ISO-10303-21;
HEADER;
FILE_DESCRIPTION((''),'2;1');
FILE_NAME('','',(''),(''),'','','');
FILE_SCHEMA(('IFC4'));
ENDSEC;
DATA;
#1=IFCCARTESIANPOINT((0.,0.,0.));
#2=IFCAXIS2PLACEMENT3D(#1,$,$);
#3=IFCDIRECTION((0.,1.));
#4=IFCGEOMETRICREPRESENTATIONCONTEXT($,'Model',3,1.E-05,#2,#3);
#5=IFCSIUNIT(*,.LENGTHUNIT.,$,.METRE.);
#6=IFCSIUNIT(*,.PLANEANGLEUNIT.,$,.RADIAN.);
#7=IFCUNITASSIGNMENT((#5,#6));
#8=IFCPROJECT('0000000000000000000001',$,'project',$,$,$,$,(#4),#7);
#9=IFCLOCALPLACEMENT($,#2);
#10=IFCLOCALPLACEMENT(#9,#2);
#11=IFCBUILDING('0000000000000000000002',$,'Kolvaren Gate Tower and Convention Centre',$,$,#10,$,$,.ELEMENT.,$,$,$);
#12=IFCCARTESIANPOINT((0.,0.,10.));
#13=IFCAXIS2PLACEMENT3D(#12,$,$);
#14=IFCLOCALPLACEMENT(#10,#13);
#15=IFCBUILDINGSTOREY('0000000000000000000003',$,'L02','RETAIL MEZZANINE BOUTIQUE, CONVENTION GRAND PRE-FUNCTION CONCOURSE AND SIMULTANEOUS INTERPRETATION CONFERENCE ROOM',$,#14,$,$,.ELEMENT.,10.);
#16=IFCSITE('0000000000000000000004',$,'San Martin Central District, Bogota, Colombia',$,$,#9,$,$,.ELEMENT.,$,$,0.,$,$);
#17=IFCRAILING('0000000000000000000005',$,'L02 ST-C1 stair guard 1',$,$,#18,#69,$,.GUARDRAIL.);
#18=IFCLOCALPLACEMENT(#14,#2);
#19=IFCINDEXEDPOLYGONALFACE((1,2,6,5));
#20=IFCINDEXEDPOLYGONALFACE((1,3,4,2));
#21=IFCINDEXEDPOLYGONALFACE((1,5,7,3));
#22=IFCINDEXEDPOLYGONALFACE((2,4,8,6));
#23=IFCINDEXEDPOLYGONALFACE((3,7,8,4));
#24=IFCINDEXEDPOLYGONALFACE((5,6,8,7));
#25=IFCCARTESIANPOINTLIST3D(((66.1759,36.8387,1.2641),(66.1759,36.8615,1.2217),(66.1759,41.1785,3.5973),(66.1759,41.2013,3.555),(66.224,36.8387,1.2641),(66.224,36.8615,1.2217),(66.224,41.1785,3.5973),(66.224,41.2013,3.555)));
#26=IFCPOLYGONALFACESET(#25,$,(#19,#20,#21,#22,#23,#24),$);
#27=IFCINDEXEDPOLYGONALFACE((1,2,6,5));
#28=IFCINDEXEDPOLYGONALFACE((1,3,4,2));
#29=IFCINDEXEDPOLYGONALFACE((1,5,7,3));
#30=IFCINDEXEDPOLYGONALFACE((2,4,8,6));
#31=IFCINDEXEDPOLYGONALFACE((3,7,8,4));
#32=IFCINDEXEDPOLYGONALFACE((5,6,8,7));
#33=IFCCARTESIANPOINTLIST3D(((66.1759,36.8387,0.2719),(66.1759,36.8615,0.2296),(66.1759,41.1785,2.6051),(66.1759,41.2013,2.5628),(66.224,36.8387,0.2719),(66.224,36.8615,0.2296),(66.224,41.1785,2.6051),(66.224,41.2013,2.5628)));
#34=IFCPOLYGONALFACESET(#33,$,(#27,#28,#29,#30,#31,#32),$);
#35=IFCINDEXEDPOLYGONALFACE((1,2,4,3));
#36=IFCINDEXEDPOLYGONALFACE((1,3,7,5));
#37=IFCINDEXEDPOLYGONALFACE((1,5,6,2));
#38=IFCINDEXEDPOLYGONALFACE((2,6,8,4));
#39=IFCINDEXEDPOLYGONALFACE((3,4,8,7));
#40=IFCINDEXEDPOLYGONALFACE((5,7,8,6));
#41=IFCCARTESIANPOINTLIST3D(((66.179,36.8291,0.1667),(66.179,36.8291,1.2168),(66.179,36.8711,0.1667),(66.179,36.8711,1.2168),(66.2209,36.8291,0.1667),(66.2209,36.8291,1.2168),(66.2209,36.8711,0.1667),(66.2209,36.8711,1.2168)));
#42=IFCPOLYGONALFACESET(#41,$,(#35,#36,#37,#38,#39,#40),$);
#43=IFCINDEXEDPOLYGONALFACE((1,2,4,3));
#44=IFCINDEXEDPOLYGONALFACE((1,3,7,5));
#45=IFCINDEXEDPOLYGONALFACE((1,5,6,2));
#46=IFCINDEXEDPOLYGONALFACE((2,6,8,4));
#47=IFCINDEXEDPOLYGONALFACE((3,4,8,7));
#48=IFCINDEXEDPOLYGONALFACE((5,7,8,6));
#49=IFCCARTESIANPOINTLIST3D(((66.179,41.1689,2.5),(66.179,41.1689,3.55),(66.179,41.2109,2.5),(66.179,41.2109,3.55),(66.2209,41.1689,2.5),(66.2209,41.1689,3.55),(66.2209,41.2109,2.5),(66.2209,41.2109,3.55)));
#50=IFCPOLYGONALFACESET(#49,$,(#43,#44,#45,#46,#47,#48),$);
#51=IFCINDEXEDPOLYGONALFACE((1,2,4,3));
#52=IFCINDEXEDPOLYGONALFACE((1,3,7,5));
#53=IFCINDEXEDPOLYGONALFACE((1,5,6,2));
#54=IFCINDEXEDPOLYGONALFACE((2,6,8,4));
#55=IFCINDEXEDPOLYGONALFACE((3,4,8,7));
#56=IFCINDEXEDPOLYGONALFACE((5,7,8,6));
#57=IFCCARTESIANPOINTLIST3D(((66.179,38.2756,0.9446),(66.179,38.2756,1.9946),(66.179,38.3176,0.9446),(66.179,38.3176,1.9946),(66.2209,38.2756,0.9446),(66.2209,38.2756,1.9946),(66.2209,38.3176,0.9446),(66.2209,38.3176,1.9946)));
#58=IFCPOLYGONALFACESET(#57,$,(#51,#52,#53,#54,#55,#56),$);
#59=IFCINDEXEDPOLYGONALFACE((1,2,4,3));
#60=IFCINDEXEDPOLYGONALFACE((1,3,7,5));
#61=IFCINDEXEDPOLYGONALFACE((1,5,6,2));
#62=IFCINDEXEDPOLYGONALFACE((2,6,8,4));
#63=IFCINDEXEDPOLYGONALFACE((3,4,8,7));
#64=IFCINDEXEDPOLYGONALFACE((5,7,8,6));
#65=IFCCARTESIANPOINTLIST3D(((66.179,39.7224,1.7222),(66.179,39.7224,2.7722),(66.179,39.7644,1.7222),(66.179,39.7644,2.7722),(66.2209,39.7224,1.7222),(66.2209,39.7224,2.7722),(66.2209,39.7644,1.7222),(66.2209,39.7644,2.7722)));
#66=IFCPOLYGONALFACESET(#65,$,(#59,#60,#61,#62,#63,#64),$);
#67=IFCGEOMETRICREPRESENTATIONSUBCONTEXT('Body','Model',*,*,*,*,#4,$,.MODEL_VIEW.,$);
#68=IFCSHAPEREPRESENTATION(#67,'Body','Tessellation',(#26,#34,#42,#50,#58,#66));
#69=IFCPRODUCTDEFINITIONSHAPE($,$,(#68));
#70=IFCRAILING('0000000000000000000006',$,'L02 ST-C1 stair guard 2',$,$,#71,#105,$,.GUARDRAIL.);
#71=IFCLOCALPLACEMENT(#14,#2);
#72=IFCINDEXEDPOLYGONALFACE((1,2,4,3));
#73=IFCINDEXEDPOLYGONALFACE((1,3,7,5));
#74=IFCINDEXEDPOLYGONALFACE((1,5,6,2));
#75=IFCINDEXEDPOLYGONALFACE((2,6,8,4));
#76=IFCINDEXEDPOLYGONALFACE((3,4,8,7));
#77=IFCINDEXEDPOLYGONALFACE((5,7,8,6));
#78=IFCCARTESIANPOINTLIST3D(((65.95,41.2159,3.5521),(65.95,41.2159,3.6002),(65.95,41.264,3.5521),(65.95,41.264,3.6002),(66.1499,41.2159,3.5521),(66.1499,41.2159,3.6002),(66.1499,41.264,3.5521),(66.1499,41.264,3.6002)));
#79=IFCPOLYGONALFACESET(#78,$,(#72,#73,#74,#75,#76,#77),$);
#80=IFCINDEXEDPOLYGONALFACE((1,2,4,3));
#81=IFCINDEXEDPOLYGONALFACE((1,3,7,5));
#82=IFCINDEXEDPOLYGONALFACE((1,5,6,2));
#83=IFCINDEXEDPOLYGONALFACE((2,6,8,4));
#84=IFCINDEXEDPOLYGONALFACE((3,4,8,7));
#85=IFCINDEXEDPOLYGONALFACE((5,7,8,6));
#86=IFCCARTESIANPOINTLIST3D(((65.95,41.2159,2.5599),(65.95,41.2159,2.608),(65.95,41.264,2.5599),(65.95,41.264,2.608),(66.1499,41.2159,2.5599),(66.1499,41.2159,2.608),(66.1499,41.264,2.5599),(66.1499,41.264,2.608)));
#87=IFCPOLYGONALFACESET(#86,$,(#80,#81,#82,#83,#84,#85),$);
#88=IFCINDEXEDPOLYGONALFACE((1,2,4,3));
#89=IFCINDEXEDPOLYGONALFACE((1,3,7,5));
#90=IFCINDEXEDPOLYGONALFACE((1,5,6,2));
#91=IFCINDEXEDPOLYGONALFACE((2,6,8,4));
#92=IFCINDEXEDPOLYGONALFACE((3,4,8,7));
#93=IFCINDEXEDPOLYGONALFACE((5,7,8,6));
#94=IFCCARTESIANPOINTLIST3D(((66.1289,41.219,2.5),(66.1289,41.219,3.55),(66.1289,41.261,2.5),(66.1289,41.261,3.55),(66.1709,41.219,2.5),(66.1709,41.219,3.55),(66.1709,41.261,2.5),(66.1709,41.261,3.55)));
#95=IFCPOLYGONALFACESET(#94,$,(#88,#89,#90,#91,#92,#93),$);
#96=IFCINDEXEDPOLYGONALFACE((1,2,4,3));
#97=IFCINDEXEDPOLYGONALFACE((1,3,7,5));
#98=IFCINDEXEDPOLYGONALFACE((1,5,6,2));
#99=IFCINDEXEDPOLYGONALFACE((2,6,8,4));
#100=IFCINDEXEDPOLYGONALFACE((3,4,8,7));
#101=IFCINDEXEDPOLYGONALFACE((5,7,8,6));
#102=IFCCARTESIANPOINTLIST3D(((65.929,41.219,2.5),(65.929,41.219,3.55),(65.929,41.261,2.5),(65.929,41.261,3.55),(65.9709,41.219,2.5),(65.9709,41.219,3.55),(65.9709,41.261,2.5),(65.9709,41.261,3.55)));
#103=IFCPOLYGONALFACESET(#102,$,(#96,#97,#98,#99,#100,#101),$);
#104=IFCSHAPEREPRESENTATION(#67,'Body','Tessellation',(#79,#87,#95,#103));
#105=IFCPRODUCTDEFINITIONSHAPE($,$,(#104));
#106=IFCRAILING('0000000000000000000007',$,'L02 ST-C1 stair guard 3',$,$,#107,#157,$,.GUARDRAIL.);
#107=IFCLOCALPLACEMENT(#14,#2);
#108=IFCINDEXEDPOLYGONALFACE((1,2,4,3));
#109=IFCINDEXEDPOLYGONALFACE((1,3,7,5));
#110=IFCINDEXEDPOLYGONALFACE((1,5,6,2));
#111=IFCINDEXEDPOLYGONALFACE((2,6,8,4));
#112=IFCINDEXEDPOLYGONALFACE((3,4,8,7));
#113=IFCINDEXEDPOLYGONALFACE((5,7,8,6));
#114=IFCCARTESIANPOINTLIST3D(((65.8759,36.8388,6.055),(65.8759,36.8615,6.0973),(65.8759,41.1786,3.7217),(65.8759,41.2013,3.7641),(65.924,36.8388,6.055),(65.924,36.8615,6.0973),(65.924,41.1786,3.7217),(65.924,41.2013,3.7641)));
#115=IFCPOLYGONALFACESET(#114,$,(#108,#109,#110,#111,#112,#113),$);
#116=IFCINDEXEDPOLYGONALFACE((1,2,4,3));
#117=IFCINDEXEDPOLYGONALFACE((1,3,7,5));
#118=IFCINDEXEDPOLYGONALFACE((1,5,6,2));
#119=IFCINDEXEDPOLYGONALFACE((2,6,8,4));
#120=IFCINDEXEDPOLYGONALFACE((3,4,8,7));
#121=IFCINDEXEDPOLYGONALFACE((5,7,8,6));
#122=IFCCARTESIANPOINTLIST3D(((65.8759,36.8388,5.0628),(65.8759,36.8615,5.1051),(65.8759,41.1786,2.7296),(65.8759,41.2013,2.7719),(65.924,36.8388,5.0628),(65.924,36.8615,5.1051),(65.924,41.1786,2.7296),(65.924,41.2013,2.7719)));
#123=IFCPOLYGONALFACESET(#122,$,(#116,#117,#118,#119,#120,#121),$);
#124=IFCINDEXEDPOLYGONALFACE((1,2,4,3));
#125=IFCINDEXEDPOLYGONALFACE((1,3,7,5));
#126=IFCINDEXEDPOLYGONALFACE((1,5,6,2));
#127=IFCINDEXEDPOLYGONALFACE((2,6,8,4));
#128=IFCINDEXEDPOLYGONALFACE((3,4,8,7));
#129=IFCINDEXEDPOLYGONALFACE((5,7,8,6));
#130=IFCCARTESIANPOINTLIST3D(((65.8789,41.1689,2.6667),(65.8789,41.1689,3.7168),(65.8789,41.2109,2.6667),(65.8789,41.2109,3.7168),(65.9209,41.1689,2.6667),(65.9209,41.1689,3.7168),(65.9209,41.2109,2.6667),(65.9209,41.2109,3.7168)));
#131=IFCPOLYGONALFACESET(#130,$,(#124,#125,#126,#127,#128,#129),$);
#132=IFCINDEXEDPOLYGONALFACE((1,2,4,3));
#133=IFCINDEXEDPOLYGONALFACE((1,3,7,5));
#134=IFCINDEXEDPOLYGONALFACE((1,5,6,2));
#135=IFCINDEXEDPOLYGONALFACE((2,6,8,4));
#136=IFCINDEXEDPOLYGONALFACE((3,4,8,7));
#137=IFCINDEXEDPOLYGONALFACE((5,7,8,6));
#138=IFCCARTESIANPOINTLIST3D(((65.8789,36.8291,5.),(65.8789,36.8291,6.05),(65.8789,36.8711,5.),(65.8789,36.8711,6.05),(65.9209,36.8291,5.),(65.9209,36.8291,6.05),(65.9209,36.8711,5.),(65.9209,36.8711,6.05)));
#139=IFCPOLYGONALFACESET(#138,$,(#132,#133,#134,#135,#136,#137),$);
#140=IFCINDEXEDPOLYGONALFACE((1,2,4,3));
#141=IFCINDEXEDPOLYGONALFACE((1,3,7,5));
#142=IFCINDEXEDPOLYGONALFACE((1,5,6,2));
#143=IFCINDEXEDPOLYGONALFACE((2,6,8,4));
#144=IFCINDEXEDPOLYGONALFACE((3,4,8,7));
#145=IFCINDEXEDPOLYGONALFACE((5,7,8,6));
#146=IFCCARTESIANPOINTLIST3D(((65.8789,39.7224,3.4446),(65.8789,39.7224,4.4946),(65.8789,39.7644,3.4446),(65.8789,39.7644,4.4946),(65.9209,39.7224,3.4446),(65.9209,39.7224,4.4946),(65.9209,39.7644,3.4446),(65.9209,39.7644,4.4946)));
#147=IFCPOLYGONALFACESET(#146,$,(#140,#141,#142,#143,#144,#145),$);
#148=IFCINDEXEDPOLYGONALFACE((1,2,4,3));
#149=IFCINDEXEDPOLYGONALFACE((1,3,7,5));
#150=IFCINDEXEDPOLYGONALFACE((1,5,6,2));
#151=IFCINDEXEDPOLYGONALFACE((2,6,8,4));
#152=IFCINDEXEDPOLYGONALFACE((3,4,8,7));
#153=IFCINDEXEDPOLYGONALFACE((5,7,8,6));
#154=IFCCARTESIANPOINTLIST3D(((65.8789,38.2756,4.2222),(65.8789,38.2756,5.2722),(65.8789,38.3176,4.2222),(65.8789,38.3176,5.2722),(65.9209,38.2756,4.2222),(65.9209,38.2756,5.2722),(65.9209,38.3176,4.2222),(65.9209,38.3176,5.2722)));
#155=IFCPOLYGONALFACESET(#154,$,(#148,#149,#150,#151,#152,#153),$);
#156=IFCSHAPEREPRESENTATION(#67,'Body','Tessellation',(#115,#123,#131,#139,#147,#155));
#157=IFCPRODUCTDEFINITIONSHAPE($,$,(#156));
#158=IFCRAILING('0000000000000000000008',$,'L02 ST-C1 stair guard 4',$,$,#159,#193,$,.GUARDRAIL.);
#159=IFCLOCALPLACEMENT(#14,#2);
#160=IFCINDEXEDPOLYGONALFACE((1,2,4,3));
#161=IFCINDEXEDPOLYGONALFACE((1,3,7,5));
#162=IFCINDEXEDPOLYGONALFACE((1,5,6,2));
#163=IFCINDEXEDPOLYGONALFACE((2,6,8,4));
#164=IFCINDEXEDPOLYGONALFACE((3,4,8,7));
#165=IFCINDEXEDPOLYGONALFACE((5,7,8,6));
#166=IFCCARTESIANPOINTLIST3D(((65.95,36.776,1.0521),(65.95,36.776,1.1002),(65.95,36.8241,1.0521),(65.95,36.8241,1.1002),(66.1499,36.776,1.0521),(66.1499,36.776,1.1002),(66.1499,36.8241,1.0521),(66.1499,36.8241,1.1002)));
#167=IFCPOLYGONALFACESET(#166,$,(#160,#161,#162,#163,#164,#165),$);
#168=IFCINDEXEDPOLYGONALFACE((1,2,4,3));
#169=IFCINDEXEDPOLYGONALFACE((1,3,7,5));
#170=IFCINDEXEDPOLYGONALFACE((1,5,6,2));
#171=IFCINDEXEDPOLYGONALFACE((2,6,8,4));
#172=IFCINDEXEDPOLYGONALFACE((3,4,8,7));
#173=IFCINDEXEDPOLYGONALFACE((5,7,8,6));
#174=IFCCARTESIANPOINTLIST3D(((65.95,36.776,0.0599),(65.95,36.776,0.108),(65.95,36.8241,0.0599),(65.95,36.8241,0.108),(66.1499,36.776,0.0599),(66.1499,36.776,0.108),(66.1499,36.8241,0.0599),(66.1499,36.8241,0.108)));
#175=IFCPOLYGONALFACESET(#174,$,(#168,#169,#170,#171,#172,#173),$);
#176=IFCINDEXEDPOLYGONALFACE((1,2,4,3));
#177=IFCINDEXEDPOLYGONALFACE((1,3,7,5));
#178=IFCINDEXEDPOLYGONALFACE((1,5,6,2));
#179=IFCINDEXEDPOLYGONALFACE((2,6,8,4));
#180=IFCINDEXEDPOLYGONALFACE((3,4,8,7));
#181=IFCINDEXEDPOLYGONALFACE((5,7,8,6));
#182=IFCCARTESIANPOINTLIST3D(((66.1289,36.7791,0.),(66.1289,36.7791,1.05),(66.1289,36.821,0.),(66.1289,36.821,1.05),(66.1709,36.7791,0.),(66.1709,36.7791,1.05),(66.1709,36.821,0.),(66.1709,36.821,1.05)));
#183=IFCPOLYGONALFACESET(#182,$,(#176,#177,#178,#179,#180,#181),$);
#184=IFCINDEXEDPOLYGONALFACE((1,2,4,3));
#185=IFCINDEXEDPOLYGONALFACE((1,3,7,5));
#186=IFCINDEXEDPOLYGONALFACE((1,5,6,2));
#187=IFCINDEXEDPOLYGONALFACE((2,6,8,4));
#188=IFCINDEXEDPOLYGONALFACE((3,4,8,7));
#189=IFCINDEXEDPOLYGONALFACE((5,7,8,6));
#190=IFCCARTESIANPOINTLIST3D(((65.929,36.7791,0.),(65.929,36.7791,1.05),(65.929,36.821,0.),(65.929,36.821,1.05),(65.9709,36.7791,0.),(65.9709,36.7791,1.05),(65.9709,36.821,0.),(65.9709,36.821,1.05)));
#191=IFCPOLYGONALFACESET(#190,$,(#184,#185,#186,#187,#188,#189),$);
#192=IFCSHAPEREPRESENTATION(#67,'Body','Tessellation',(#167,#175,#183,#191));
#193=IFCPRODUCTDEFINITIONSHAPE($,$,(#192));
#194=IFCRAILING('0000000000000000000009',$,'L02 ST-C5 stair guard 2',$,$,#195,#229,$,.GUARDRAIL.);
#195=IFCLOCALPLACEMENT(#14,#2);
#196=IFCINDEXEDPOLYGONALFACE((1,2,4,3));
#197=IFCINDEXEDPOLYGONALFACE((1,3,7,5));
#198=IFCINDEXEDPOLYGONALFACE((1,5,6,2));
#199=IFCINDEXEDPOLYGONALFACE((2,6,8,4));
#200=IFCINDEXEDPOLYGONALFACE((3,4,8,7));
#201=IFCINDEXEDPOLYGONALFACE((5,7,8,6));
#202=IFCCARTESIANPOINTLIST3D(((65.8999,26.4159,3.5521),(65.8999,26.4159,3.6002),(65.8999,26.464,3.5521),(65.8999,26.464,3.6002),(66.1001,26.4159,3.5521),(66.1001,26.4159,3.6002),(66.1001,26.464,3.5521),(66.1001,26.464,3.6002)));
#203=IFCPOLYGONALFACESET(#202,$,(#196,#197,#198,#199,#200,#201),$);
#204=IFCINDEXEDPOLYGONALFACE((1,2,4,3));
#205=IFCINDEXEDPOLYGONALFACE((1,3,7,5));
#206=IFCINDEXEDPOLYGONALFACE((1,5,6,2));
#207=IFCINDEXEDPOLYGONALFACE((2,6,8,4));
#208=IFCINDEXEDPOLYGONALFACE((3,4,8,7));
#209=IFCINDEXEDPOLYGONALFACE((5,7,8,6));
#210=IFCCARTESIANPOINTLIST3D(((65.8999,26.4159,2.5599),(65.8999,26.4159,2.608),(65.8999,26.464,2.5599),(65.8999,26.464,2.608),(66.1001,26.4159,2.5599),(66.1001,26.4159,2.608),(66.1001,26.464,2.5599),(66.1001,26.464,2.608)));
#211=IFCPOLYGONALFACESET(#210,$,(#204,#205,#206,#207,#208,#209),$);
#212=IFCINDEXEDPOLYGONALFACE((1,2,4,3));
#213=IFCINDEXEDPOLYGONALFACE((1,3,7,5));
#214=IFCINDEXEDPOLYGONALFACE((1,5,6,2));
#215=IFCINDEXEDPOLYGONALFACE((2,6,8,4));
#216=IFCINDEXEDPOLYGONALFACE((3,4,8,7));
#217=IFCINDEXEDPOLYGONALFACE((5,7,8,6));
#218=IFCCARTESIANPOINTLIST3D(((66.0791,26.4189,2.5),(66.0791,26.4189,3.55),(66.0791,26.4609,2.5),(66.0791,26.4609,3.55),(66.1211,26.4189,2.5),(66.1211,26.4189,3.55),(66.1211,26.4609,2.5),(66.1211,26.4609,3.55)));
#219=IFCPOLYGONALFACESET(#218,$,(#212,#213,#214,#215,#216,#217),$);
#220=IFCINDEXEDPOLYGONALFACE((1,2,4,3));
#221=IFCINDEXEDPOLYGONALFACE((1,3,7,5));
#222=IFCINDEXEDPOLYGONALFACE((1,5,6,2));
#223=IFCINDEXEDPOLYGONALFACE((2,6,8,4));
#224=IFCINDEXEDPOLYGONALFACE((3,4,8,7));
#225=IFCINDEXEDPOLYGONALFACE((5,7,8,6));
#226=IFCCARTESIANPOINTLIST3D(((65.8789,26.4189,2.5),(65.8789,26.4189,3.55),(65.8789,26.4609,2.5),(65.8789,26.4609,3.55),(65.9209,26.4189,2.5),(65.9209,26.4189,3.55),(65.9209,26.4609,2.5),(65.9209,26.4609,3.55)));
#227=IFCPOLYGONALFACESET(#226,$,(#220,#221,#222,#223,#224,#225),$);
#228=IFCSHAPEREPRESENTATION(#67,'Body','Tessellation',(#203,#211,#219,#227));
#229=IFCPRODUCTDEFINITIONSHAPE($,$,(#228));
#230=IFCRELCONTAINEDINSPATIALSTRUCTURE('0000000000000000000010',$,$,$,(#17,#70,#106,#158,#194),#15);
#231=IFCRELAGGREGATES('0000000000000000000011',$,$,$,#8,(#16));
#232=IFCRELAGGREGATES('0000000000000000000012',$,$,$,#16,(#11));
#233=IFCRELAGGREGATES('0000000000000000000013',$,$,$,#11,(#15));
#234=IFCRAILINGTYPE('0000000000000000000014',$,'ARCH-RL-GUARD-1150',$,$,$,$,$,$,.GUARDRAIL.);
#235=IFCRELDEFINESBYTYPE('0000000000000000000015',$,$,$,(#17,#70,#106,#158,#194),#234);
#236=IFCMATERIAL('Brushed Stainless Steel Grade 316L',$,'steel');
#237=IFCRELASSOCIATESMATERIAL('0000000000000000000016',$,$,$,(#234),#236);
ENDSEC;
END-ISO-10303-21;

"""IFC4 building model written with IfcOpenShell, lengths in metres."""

from ifc_helpers import new_model, si_unit, direction, frame, origin, origin_2d, place, context, subcontext, project, spatial, rectangle, extrude, material, type_object, element, save


model = new_model("IFC4")

# Units and contexts
model_context = context("Model", 3, precision=1e-05, world=origin(), true_north=direction((0.0, 1.0)))
body_context = subcontext(model_context, "Body", "Model", "MODEL_VIEW")
ifc_project = project(units=[si_unit("LENGTHUNIT", "METRE"), si_unit("PLANEANGLEUNIT", "RADIAN")], contexts=[model_context])

# Site, building, storey
site_placement = place(None, origin())
site = spatial("IfcSite", under=ifc_project, at=site_placement, Name="San Martin Central District, Bogota, Colombia", CompositionType="ELEMENT", RefElevation=0.0)
building_placement = place(site_placement, origin())
building = spatial("IfcBuilding", under=site, at=building_placement, Name="Kolvaren Gate Tower and Convention Centre", CompositionType="ELEMENT")
storey_placement = place(building_placement, frame((0.0, 0.0, 10.0)))
storey = spatial("IfcBuildingStorey", under=building, at=storey_placement, Name="L02", Description="RETAIL MEZZANINE BOUTIQUE, CONVENTION GRAND PRE-FUNCTION CONCOURSE AND SIMULTANEOUS INTERPRETATION CONFERENCE ROOM", CompositionType="ELEMENT", Elevation=10.0)

# Shared definitions
ifc_material_1 = material(Name="Brushed Stainless Steel Grade 316L", Category="steel")

# Railings
railing_type_1 = type_object("IfcRailingType", Name="ARCH-RL-GUARD-1150", PredefinedType="GUARDRAIL", material=ifc_material_1)
railing_1_placement = place(storey_placement, frame((66.2, 36.8501, 0.1667)))
element("IfcRailing", 1, at=railing_1_placement, inside=storey, type_object=railing_type_1, Name="L02 ST-C1 stair guard 1", PredefinedType="GUARDRAIL", context=body_context, shape_type="SweptSolid", body=[
    extrude(rectangle(XDim=0.0481, YDim=0.0481, at=origin_2d()), frame((0.0, 0.0, 1.0762), z_axis=(0.0, 0.880775, 0.473535), x_axis=(-1.0, 0.0, 0.0)), (0.0, 0.0, 1.0), 4.9272),
    extrude(rectangle(XDim=0.0481, YDim=0.0481, at=origin_2d()), frame((0.0, 0.0, 0.084), z_axis=(0.0, 0.880775, 0.473535), x_axis=(-1.0, 0.0, 0.0)), (0.0, 0.0, 1.0), 4.9272),
    extrude(rectangle(XDim=0.042, YDim=0.042, at=origin_2d()), origin(), (0.0, 0.0, 1.0), 1.05),
    extrude(rectangle(XDim=0.042, YDim=0.042, at=origin_2d()), frame((0.0, 4.3398, 2.3333)), (0.0, 0.0, 1.0), 1.05),
    extrude(rectangle(XDim=0.042, YDim=0.042, at=origin_2d()), frame((0.0, 1.4465, 0.7778)), (0.0, 0.0, 1.0), 1.05),
    extrude(rectangle(XDim=0.042, YDim=0.042, at=origin_2d()), frame((0.0, 2.8933, 1.5554)), (0.0, 0.0, 1.0), 1.05),
])
railing_2_placement = place(storey_placement, frame((66.1499, 41.24, 2.5)))
element("IfcRailing", 2, at=railing_2_placement, inside=storey, type_object=railing_type_1, Name="L02 ST-C1 stair guard 2", PredefinedType="GUARDRAIL", context=body_context, shape_type="SweptSolid", body=[
    extrude(rectangle(XDim=0.0481, YDim=0.0481, at=origin_2d()), frame((0.0, 0.0, 1.0762), z_axis=(-1.0, 0.0, 0.0), x_axis=(0.0, -1.0, 0.0)), (0.0, 0.0, 1.0), 0.2),
    extrude(rectangle(XDim=0.0481, YDim=0.0481, at=origin_2d()), frame((0.0, 0.0, 0.084), z_axis=(-1.0, 0.0, 0.0), x_axis=(0.0, -1.0, 0.0)), (0.0, 0.0, 1.0), 0.2),
    extrude(rectangle(XDim=0.042, YDim=0.042, at=origin_2d()), origin(), (0.0, 0.0, 1.0), 1.05),
    extrude(rectangle(XDim=0.042, YDim=0.042, at=origin_2d()), frame((-0.2, 0.0, 0.0)), (0.0, 0.0, 1.0), 1.05),
])
railing_3_placement = place(storey_placement, frame((65.8999, 41.1899, 2.6667)))
element("IfcRailing", 3, at=railing_3_placement, inside=storey, type_object=railing_type_1, Name="L02 ST-C1 stair guard 3", PredefinedType="GUARDRAIL", context=body_context, shape_type="SweptSolid", body=[
    extrude(rectangle(XDim=0.0481, YDim=0.0481, at=origin_2d()), frame((0.0, 0.0, 1.0762), z_axis=(0.0, -0.880775, 0.473535), x_axis=(1.0, 0.0, 0.0)), (0.0, 0.0, 1.0), 4.9272),
    extrude(rectangle(XDim=0.0481, YDim=0.0481, at=origin_2d()), frame((0.0, 0.0, 0.084), z_axis=(0.0, -0.880775, 0.473535), x_axis=(1.0, 0.0, 0.0)), (0.0, 0.0, 1.0), 4.9272),
    extrude(rectangle(XDim=0.042, YDim=0.042, at=origin_2d()), origin(), (0.0, 0.0, 1.0), 1.05),
    extrude(rectangle(XDim=0.042, YDim=0.042, at=origin_2d()), frame((0.0, -4.3398, 2.3333)), (0.0, 0.0, 1.0), 1.05),
    extrude(rectangle(XDim=0.042, YDim=0.042, at=origin_2d()), frame((0.0, -1.4465, 0.7778)), (0.0, 0.0, 1.0), 1.05),
    extrude(rectangle(XDim=0.042, YDim=0.042, at=origin_2d()), frame((0.0, -2.8933, 1.5554)), (0.0, 0.0, 1.0), 1.05),
])
railing_4_placement = place(storey_placement, frame((66.1499, 36.8, 0.0)))
element("IfcRailing", 4, at=railing_4_placement, inside=storey, type_object=railing_type_1, Name="L02 ST-C1 stair guard 4", PredefinedType="GUARDRAIL", context=body_context, shape_type="SweptSolid", body=[
    extrude(rectangle(XDim=0.0481, YDim=0.0481, at=origin_2d()), frame((0.0, 0.0, 1.0762), z_axis=(-1.0, 0.0, 0.0), x_axis=(0.0, -1.0, 0.0)), (0.0, 0.0, 1.0), 0.2),
    extrude(rectangle(XDim=0.0481, YDim=0.0481, at=origin_2d()), frame((0.0, 0.0, 0.084), z_axis=(-1.0, 0.0, 0.0), x_axis=(0.0, -1.0, 0.0)), (0.0, 0.0, 1.0), 0.2),
    extrude(rectangle(XDim=0.042, YDim=0.042, at=origin_2d()), origin(), (0.0, 0.0, 1.0), 1.05),
    extrude(rectangle(XDim=0.042, YDim=0.042, at=origin_2d()), frame((-0.2, 0.0, 0.0)), (0.0, 0.0, 1.0), 1.05),
])
railing_5_placement = place(storey_placement, frame((66.1001, 26.4399, 2.5)))
element("IfcRailing", 5, at=railing_5_placement, inside=storey, type_object=railing_type_1, Name="L02 ST-C5 stair guard 2", PredefinedType="GUARDRAIL", context=body_context, shape_type="SweptSolid", body=[
    extrude(rectangle(XDim=0.0481, YDim=0.0481, at=origin_2d()), frame((0.0, 0.0, 1.0762), z_axis=(-1.0, 0.0, 0.0), x_axis=(0.0, -1.0, 0.0)), (0.0, 0.0, 1.0), 0.2002),
    extrude(rectangle(XDim=0.0481, YDim=0.0481, at=origin_2d()), frame((0.0, 0.0, 0.084), z_axis=(-1.0, 0.0, 0.0), x_axis=(0.0, -1.0, 0.0)), (0.0, 0.0, 1.0), 0.2002),
    extrude(rectangle(XDim=0.042, YDim=0.042, at=origin_2d()), origin(), (0.0, 0.0, 1.0), 1.05),
    extrude(rectangle(XDim=0.042, YDim=0.042, at=origin_2d()), frame((-0.2002, 0.0, 0.0)), (0.0, 0.0, 1.0), 1.05),
])

save(model, "model.ifc")
